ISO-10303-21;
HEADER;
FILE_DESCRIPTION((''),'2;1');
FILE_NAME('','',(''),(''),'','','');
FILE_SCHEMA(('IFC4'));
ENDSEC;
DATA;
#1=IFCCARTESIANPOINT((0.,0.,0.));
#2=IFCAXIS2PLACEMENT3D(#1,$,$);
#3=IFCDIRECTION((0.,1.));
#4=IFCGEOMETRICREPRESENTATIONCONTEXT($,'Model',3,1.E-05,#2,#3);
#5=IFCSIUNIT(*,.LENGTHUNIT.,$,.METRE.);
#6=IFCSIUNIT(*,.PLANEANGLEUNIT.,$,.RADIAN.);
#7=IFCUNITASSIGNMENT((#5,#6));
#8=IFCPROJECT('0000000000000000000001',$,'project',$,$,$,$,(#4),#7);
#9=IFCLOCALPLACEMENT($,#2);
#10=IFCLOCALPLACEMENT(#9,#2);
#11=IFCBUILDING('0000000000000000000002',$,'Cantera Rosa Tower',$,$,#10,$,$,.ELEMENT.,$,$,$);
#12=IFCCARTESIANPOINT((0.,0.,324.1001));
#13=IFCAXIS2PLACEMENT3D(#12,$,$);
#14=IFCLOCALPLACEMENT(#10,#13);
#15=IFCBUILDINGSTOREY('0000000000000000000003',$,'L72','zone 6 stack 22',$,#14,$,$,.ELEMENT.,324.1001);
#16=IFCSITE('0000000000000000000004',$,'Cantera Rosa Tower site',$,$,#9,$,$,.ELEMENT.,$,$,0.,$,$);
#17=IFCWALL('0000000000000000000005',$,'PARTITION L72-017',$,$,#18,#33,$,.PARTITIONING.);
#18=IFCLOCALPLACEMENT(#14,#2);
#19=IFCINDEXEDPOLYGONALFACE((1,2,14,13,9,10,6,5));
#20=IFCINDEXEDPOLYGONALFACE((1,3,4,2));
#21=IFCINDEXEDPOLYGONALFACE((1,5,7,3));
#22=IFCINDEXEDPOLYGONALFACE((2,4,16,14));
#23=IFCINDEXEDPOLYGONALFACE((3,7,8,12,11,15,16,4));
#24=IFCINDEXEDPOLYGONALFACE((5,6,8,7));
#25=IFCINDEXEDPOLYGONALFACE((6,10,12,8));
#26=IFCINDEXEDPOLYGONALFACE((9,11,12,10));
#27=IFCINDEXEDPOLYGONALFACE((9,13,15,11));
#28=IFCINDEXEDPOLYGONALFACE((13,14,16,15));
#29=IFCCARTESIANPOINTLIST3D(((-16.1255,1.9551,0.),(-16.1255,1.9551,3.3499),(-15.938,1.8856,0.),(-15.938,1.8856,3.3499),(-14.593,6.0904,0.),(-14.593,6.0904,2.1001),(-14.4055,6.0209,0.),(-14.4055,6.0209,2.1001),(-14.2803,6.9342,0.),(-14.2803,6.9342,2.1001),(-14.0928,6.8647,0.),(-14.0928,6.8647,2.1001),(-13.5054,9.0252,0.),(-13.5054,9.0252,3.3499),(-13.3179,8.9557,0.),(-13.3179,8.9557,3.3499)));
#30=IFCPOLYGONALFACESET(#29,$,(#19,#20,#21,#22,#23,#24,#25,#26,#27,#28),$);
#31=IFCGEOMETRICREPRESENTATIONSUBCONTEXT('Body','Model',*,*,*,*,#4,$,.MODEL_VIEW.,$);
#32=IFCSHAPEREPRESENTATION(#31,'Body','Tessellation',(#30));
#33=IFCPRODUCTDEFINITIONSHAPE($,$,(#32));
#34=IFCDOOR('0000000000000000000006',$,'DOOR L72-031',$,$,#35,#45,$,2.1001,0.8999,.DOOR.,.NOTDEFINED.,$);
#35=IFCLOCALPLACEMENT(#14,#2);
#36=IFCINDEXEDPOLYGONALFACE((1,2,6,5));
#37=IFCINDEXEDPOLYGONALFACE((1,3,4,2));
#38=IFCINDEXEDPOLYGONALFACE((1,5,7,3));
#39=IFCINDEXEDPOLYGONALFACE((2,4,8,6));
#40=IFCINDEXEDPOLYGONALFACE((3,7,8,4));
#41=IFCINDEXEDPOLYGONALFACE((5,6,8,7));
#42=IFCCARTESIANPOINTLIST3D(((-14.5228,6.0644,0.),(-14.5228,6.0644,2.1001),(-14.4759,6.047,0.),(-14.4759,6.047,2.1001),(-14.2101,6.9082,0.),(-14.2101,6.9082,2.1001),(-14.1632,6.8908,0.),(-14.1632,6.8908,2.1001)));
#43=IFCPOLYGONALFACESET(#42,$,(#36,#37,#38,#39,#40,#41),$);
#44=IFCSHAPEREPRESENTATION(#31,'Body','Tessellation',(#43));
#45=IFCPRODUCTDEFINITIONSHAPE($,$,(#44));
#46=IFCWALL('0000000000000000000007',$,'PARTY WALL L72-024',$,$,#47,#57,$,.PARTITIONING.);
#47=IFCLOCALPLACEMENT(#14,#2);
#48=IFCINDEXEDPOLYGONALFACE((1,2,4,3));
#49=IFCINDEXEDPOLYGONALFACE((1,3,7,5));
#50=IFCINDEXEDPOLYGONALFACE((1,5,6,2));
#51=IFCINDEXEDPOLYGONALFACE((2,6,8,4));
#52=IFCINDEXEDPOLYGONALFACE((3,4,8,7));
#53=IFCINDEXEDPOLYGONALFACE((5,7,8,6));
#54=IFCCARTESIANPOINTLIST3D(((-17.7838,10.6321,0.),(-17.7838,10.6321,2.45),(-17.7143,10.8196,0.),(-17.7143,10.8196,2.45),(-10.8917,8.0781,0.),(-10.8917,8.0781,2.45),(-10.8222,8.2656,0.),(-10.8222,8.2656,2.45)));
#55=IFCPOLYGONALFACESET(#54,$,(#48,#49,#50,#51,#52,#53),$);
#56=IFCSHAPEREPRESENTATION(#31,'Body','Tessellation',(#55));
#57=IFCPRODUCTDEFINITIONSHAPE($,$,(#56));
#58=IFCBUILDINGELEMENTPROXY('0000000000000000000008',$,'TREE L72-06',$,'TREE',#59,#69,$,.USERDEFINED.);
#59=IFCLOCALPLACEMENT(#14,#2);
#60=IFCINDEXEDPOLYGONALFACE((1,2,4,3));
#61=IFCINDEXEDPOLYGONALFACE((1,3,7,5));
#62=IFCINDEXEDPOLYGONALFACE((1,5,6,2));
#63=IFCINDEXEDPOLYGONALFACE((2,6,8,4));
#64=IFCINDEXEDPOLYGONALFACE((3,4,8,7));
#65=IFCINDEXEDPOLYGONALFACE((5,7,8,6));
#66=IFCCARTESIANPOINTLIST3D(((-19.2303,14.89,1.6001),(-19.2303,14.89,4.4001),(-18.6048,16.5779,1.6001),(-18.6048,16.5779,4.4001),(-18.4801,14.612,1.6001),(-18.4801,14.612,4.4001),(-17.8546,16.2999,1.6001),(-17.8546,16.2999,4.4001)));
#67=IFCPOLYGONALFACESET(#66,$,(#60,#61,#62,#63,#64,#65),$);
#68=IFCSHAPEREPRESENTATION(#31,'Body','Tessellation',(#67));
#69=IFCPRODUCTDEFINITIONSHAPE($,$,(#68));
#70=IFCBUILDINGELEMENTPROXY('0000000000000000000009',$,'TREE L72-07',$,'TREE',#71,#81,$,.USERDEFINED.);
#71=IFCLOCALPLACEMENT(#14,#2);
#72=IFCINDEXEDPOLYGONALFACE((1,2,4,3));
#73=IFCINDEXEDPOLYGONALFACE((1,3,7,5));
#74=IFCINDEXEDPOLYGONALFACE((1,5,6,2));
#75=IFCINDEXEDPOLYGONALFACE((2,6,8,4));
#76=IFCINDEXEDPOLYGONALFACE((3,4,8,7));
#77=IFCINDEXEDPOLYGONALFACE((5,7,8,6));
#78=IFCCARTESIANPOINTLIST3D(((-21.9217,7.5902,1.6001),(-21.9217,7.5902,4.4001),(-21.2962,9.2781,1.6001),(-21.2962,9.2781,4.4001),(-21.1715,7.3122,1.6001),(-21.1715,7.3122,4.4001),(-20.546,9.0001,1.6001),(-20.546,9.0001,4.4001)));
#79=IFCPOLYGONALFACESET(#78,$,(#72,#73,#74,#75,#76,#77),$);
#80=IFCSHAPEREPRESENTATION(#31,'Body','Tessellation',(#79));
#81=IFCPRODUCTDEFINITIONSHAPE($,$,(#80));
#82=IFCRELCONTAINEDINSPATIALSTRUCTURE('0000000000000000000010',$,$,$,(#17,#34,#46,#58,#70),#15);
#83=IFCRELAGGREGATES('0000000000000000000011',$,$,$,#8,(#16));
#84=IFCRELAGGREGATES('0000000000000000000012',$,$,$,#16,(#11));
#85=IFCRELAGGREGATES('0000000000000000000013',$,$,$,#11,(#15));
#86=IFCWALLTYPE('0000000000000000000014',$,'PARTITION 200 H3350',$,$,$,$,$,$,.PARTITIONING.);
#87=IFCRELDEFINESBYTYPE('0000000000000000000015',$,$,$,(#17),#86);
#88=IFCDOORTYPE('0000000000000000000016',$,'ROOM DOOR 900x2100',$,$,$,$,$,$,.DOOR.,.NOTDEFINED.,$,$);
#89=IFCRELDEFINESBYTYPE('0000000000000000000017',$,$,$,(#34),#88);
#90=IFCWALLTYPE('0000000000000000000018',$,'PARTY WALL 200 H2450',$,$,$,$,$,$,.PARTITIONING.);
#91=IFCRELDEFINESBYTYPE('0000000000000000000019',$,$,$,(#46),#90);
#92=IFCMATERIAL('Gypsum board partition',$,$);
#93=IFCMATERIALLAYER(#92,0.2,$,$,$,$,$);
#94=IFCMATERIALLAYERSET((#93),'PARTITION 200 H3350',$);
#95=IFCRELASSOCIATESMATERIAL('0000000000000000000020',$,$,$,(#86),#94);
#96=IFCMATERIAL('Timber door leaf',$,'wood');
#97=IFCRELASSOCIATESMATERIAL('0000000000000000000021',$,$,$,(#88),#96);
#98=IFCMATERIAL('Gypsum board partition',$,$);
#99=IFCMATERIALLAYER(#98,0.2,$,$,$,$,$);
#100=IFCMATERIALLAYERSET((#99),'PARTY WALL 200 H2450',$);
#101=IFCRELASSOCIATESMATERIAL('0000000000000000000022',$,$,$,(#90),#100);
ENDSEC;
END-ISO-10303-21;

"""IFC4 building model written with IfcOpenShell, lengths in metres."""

from ifc_helpers import new_model, si_unit, direction, frame, frame_2d, origin, origin_2d, place, context, subcontext, project, spatial, rectangle, extrude, material, layer, layer_set, type_object, element, fill, save


model = new_model("IFC4")

# Units and contexts
model_context = context("Model", 3, precision=1e-05, world=origin(), true_north=direction((0.0, 1.0)))
body_context = subcontext(model_context, "Body", "Model", "MODEL_VIEW")
ifc_project = project(units=[si_unit("LENGTHUNIT", "METRE"), si_unit("PLANEANGLEUNIT", "RADIAN")], contexts=[model_context])

# Site, building, storey
site_placement = place(None, origin())
site = spatial("IfcSite", under=ifc_project, at=site_placement, Name="Cantera Rosa Tower site", CompositionType="ELEMENT", RefElevation=0.0)
building_placement = place(site_placement, origin())
building = spatial("IfcBuilding", under=site, at=building_placement, Name="Cantera Rosa Tower", CompositionType="ELEMENT")
storey_placement = place(building_placement, frame((0.0, 0.0, 324.1001)))
storey = spatial("IfcBuildingStorey", under=building, at=storey_placement, Name="L72", Description="zone 6 stack 22", CompositionType="ELEMENT", Elevation=324.1001)

# Wall, opening, door
ifc_material_1 = material(Name="Gypsum board partition")
ifc_layer_1 = layer(ifc_material_1, 0.2)
ifc_layer_set_1 = layer_set([ifc_layer_1], Name="PARTITION 200 H3350")
wall_type_1 = type_object("IfcWallType", Name="PARTITION 200 H3350", PredefinedType="PARTITIONING", material=ifc_layer_set_1)
wall_1_placement = place(storey_placement, frame((-13.4116, 8.9905, 0.0), z_axis=(0.0, 0.0, 1.0), x_axis=(-0.347498, -0.937681, 0.0)))
wall_1 = element("IfcWall", 1, at=wall_1_placement, inside=storey, type_object=wall_type_1, Name="PARTITION L72-017", PredefinedType="PARTITIONING", context=body_context, shape_type="SweptSolid", body=[
    extrude(rectangle(XDim=7.54, YDim=0.2, at=frame_2d((3.77, 0.0))), origin(), (0.0, 0.0, 1.0), 3.3499),
])
opening_1_placement = place(wall_1_placement, frame((2.23, 0.0, 0.0)))
opening_1 = element("IfcOpeningElement", 2, at=opening_1_placement, cuts=wall_1, PredefinedType="OPENING", context=body_context, shape_type="SweptSolid", body=[
    extrude(rectangle(XDim=0.8999, YDim=2.1001, at=frame_2d((0.45, 1.05))), frame((0.0, 0.1099, 0.0), z_axis=(0.0, -1.0, 0.0), x_axis=(1.0, 0.0, 0.0)), (0.0, 0.0, 1.0), 0.22),
])
ifc_material_2 = material(Name="Timber door leaf", Category="wood")
door_type_1 = type_object("IfcDoorType", Name="ROOM DOOR 900x2100", OperationType="NOTDEFINED", PredefinedType="DOOR", material=ifc_material_2)
door_1_placement = place(opening_1_placement, origin())
door_1 = element("IfcDoor", 3, at=door_1_placement, inside=storey, type_object=door_type_1, Name="DOOR L72-031", OperationType="NOTDEFINED", OverallHeight=2.1001, OverallWidth=0.8999, PredefinedType="DOOR", context=body_context, shape_type="SweptSolid", body=[
    extrude(rectangle(XDim=0.8999, YDim=2.1001, at=frame_2d((0.45, 1.05))), frame((0.0, 0.0249, 0.0), z_axis=(0.0, -1.0, 0.0), x_axis=(1.0, 0.0, 0.0)), (0.0, 0.0, 1.0), 0.05),
])
fill(opening_1, door_1)

# Wall
ifc_material_3 = material(Name="Gypsum board partition")
ifc_layer_2 = layer(ifc_material_3, 0.2)
ifc_layer_set_2 = layer_set([ifc_layer_2], Name="PARTY WALL 200 H2450")
wall_type_2 = type_object("IfcWallType", Name="PARTY WALL 200 H2450", PredefinedType="PARTITIONING", material=ifc_layer_set_2)
wall_2_placement = place(storey_placement, frame((-10.8569, 8.1719, 0.0), z_axis=(0.0, 0.0, 1.0), x_axis=(-0.93769, 0.347473, 0.0)))
element("IfcWall", 4, at=wall_2_placement, inside=storey, type_object=wall_type_2, Name="PARTY WALL L72-024", PredefinedType="PARTITIONING", context=body_context, shape_type="SweptSolid", body=[
    extrude(rectangle(XDim=7.3501, YDim=0.2, at=frame_2d((3.675, 0.0))), origin(), (0.0, 0.0, 1.0), 2.45),
])

# Building element proxies
for number, where, z_axis, x_axis, name in (
    (5, (-18.5425, 15.595, 1.6001), (0.0, 0.0, 1.0), (-0.347481, -0.937687, 0.0), "TREE L72-06"),
    (6, (-21.2339, 8.2952, 1.6001), (0.0, 0.0, 1.0), (-0.347481, -0.937687, 0.0), "TREE L72-07"),
):
    element("IfcBuildingElementProxy", number, at=place(storey_placement, frame(where, z_axis=z_axis, x_axis=x_axis)), inside=storey, Name=name, ObjectType="TREE", PredefinedType="USERDEFINED", context=body_context, shape_type="SweptSolid", body=[
        extrude(rectangle(XDim=1.8, YDim=0.8, at=origin_2d()), origin(), (0.0, 0.0, 1.0), 2.8),
    ])

save(model, "model.ifc")
